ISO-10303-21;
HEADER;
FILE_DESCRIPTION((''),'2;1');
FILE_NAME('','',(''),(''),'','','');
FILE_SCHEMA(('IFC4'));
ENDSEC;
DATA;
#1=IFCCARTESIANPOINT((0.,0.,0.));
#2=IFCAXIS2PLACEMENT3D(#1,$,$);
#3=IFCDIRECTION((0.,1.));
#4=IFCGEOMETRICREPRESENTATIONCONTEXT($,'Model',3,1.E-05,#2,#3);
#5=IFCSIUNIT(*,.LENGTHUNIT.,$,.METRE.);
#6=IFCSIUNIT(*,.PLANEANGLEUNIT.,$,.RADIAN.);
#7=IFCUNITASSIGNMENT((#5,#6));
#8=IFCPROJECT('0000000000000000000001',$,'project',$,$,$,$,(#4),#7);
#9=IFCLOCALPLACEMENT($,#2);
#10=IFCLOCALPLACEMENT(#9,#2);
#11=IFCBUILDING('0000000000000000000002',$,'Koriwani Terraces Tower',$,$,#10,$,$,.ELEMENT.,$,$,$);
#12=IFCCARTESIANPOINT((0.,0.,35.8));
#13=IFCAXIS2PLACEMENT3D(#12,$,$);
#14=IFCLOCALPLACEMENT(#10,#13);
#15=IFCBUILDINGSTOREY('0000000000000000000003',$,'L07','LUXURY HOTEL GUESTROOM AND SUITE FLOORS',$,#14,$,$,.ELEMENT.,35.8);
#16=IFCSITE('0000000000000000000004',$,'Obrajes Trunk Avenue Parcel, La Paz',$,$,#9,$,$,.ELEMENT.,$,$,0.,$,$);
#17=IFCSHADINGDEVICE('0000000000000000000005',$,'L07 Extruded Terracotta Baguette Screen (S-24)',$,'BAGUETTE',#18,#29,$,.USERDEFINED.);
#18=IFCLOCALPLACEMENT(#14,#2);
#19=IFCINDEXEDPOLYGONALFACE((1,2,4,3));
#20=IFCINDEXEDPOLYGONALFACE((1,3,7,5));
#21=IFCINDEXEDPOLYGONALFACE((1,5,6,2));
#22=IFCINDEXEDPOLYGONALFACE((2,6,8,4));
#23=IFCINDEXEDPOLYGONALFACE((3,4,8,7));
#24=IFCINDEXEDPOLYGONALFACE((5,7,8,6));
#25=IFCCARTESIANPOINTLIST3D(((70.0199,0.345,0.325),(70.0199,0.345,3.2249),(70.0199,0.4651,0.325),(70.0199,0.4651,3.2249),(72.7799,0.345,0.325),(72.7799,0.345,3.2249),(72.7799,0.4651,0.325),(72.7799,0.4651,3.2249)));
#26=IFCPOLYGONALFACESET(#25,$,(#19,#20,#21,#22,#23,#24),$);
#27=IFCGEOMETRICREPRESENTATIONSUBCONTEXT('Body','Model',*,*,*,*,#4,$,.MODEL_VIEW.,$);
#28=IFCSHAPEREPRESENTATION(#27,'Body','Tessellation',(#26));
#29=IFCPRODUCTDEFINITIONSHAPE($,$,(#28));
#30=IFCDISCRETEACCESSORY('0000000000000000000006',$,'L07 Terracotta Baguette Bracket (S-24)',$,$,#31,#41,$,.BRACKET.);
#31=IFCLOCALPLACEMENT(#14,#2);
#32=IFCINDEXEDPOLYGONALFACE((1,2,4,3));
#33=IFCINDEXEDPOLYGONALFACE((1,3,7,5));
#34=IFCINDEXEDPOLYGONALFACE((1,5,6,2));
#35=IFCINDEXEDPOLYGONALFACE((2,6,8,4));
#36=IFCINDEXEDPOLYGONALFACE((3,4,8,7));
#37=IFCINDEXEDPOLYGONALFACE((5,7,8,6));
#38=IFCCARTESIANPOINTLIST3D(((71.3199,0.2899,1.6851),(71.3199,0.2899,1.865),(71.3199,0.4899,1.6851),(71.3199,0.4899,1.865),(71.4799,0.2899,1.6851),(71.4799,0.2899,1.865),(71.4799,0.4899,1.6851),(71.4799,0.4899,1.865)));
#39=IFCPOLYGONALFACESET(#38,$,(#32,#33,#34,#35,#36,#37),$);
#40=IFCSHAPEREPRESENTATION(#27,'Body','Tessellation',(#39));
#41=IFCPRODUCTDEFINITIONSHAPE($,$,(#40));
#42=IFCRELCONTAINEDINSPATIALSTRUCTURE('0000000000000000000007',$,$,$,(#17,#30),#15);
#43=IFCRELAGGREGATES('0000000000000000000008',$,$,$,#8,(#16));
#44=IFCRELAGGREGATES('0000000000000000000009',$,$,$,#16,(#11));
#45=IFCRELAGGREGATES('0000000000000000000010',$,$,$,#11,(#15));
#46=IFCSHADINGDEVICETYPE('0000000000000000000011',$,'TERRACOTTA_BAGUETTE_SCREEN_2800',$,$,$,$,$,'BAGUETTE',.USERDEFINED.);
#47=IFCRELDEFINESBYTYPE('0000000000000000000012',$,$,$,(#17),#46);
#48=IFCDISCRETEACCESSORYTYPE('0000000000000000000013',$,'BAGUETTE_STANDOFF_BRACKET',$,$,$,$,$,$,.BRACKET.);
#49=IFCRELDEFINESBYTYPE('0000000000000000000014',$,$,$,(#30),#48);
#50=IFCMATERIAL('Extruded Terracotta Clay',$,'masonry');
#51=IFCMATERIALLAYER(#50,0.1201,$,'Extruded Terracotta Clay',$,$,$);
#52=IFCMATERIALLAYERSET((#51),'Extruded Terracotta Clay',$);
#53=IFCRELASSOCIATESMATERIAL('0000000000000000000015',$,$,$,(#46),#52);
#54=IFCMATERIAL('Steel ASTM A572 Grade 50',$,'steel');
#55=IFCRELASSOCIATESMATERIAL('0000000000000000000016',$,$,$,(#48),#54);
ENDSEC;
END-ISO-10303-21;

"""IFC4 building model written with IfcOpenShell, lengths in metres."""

from ifc_helpers import new_model, si_unit, direction, frame, origin, origin_2d, place, context, subcontext, project, spatial, rectangle, extrude, material, layer, layer_set, type_object, element, save


model = new_model("IFC4")

# Units and contexts
model_context = context("Model", 3, precision=1e-05, world=origin(), true_north=direction((0.0, 1.0)))
body_context = subcontext(model_context, "Body", "Model", "MODEL_VIEW")
ifc_project = project(units=[si_unit("LENGTHUNIT", "METRE"), si_unit("PLANEANGLEUNIT", "RADIAN")], contexts=[model_context])

# Site, building, storey
site_placement = place(None, origin())
site = spatial("IfcSite", under=ifc_project, at=site_placement, Name="Obrajes Trunk Avenue Parcel, La Paz", CompositionType="ELEMENT", RefElevation=0.0)
building_placement = place(site_placement, origin())
building = spatial("IfcBuilding", under=site, at=building_placement, Name="Koriwani Terraces Tower", CompositionType="ELEMENT")
storey_placement = place(building_placement, frame((0.0, 0.0, 35.8)))
storey = spatial("IfcBuildingStorey", under=building, at=storey_placement, Name="L07", Description="LUXURY HOTEL GUESTROOM AND SUITE FLOORS", CompositionType="ELEMENT", Elevation=35.8)

# Shared definitions
ifc_material_1 = material(Name="Steel ASTM A572 Grade 50", Category="steel")

# Shading device
ifc_material_2 = material(Name="Extruded Terracotta Clay", Category="masonry")
ifc_layer_1 = layer(ifc_material_2, 0.1201, Name="Extruded Terracotta Clay")
ifc_layer_set_1 = layer_set([ifc_layer_1], Name="Extruded Terracotta Clay")
shading_device_type = type_object("IfcShadingDeviceType", Name="TERRACOTTA_BAGUETTE_SCREEN_2800", ElementType="BAGUETTE", PredefinedType="USERDEFINED", material=ifc_layer_set_1)
shading_device_placement = place(storey_placement, frame((71.3999, 0.405, 0.325), z_axis=(0.0, 0.0, 1.0), x_axis=(-1.0, 0.0, 0.0)))
element("IfcShadingDevice", 1, at=shading_device_placement, inside=storey, type_object=shading_device_type, Name="L07 Extruded Terracotta Baguette Screen (S-24)", ObjectType="BAGUETTE", PredefinedType="USERDEFINED", context=body_context, shape_type="SweptSolid", body=[
    extrude(rectangle(XDim=2.76, YDim=0.1201, at=origin_2d()), origin(), (0.0, 0.0, 1.0), 2.8999),
])

# Discrete accessory
discrete_accessory_type = type_object("IfcDiscreteAccessoryType", Name="BAGUETTE_STANDOFF_BRACKET", PredefinedType="BRACKET", material=ifc_material_1)
discrete_accessory_placement = place(storey_placement, frame((71.3999, 0.3899, 1.6851), z_axis=(0.0, 0.0, 1.0), x_axis=(-1.0, 0.0, 0.0)))
element("IfcDiscreteAccessory", 2, at=discrete_accessory_placement, inside=storey, type_object=discrete_accessory_type, Name="L07 Terracotta Baguette Bracket (S-24)", PredefinedType="BRACKET", context=body_context, shape_type="SweptSolid", body=[
    extrude(rectangle(XDim=0.1599, YDim=0.2, at=origin_2d()), origin(), (0.0, 0.0, 1.0), 0.1799),
])

save(model, "model.ifc")
